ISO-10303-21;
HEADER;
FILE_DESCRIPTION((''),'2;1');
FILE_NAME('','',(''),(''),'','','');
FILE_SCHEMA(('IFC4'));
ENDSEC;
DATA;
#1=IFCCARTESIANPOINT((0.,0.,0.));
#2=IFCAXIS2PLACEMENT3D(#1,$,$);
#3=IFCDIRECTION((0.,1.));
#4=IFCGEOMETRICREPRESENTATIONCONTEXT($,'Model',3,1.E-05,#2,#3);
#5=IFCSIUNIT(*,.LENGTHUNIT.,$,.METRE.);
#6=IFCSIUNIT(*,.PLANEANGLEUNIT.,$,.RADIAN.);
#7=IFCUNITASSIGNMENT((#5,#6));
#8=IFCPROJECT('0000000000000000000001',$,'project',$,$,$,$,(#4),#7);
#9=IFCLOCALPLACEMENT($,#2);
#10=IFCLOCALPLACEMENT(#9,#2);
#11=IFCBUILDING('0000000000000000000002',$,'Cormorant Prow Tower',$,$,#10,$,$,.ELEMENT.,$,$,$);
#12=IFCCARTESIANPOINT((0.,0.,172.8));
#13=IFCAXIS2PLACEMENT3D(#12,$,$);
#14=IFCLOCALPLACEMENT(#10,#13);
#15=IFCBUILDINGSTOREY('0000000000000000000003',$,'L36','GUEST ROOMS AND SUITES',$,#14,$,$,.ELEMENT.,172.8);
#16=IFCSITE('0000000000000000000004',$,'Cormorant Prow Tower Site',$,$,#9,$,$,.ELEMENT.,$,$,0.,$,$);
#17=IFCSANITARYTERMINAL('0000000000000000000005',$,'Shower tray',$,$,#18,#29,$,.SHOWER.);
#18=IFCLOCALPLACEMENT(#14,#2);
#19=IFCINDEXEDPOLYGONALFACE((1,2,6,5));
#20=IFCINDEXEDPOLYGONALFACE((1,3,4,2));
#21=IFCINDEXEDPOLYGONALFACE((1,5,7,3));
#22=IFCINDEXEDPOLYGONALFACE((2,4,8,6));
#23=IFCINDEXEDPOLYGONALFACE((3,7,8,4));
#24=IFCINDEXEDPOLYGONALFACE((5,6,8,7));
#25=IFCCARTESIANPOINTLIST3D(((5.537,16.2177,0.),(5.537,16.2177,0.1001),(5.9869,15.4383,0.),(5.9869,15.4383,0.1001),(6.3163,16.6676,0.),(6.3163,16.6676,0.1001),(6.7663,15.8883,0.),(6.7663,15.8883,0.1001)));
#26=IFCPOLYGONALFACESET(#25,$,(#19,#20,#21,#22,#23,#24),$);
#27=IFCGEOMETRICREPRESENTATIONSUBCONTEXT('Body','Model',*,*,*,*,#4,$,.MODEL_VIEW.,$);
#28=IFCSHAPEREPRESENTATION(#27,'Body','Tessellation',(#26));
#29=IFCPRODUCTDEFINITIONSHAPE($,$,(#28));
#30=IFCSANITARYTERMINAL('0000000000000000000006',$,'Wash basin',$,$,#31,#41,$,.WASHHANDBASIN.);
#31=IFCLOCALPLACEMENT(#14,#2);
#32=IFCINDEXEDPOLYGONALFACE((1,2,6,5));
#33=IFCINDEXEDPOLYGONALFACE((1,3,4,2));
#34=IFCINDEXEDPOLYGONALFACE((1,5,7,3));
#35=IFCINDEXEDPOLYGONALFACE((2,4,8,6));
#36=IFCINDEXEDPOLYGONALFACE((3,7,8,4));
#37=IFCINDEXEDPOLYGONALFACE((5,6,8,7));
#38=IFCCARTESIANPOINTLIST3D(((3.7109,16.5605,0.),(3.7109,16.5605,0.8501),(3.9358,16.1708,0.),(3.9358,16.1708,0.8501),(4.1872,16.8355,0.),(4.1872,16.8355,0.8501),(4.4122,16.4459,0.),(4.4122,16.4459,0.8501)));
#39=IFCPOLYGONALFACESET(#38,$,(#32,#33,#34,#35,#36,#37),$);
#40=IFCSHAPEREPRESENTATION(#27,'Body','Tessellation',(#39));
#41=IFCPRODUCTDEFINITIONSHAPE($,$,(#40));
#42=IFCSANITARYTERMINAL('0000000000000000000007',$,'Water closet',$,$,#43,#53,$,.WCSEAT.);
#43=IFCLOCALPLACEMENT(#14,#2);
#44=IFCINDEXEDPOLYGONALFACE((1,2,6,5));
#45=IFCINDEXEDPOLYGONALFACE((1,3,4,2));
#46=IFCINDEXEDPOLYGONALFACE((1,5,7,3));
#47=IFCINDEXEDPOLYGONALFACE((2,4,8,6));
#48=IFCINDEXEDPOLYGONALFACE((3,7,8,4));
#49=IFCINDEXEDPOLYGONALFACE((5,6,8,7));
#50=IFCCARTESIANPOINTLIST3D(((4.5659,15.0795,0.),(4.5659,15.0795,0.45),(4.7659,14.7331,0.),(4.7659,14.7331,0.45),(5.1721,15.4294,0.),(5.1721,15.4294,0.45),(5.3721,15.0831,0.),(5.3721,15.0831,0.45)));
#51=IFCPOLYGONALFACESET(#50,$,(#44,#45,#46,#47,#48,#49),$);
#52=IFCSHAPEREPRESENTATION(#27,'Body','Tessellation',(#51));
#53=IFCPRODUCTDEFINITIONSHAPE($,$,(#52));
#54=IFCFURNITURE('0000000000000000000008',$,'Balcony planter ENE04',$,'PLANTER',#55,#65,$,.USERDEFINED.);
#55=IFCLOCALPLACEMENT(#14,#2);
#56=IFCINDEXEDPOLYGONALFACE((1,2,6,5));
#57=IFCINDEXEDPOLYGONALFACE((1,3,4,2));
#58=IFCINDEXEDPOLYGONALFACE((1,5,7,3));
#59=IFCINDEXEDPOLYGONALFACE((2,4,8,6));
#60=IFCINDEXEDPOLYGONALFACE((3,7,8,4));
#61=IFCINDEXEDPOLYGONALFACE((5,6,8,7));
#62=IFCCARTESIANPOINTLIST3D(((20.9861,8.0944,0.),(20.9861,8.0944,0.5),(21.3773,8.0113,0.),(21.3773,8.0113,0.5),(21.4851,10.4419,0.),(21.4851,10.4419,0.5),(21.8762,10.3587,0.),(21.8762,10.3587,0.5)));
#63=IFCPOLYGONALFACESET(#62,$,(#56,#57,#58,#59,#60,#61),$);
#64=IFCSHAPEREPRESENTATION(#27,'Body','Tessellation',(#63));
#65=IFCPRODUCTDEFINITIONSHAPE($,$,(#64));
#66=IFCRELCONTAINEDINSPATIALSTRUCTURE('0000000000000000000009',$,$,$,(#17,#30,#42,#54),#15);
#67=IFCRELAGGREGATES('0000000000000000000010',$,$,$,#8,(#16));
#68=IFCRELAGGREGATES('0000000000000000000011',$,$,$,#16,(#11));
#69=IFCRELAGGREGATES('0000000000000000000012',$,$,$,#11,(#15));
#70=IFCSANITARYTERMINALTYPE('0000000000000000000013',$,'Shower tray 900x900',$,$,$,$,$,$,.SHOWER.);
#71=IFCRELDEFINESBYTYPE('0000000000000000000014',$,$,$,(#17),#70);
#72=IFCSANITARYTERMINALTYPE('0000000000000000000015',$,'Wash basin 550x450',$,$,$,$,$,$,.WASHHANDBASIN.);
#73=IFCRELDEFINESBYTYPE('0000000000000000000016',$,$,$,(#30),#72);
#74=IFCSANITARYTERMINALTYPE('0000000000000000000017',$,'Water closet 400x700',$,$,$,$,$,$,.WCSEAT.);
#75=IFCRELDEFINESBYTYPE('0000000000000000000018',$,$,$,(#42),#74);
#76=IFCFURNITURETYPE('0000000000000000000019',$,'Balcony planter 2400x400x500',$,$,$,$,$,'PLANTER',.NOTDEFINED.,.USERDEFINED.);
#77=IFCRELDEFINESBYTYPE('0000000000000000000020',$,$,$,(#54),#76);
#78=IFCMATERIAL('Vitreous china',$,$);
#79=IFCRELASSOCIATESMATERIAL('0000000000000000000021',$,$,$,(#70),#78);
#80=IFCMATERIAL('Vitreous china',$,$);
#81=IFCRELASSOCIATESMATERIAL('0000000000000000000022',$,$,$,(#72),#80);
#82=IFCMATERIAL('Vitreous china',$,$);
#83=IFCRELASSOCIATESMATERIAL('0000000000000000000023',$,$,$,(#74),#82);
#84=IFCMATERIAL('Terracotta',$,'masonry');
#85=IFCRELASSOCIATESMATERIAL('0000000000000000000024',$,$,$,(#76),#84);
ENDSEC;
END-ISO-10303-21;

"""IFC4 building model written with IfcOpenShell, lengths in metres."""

from ifc_helpers import new_model, si_unit, direction, frame, origin, origin_2d, place, context, subcontext, project, spatial, rectangle, extrude, material, type_object, element, save


model = new_model("IFC4")

# Units and contexts
model_context = context("Model", 3, precision=1e-05, world=origin(), true_north=direction((0.0, 1.0)))
body_context = subcontext(model_context, "Body", "Model", "MODEL_VIEW")
ifc_project = project(units=[si_unit("LENGTHUNIT", "METRE"), si_unit("PLANEANGLEUNIT", "RADIAN")], contexts=[model_context])

# Site, building, storey
site_placement = place(None, origin())
site = spatial("IfcSite", under=ifc_project, at=site_placement, Name="Cormorant Prow Tower Site", CompositionType="ELEMENT", RefElevation=0.0)
building_placement = place(site_placement, origin())
building = spatial("IfcBuilding", under=site, at=building_placement, Name="Cormorant Prow Tower", CompositionType="ELEMENT")
storey_placement = place(building_placement, frame((0.0, 0.0, 172.8)))
storey = spatial("IfcBuildingStorey", under=building, at=storey_placement, Name="L36", Description="GUEST ROOMS AND SUITES", CompositionType="ELEMENT", Elevation=172.8)

# Sanitary terminals
ifc_material_1 = material(Name="Vitreous china")
sanitary_terminal_type_1 = type_object("IfcSanitaryTerminalType", Name="Shower tray 900x900", PredefinedType="SHOWER", material=ifc_material_1)
sanitary_terminal_1_placement = place(storey_placement, frame((6.1516, 16.053, 0.0), z_axis=(0.0, 0.0, 1.0), x_axis=(-0.866025, -0.5, 0.0)))
element("IfcSanitaryTerminal", 1, at=sanitary_terminal_1_placement, inside=storey, type_object=sanitary_terminal_type_1, Name="Shower tray", PredefinedType="SHOWER", context=body_context, shape_type="SweptSolid", body=[
    extrude(rectangle(XDim=0.8999, YDim=0.8999, at=origin_2d()), origin(), (0.0, 0.0, 1.0), 0.1001),
])
ifc_material_2 = material(Name="Vitreous china")
sanitary_terminal_type_2 = type_object("IfcSanitaryTerminalType", Name="Wash basin 550x450", PredefinedType="WASHHANDBASIN", material=ifc_material_2)
sanitary_terminal_2_placement = place(storey_placement, frame((4.0615, 16.5032, 0.0), z_axis=(0.0, 0.0, 1.0), x_axis=(0.866025, 0.5, 0.0)))
element("IfcSanitaryTerminal", 2, at=sanitary_terminal_2_placement, inside=storey, type_object=sanitary_terminal_type_2, Name="Wash basin", PredefinedType="WASHHANDBASIN", context=body_context, shape_type="SweptSolid", body=[
    extrude(rectangle(XDim=0.55, YDim=0.45, at=origin_2d()), origin(), (0.0, 0.0, 1.0), 0.8501),
])
ifc_material_3 = material(Name="Vitreous china")
sanitary_terminal_type_3 = type_object("IfcSanitaryTerminalType", Name="Water closet 400x700", PredefinedType="WCSEAT", material=ifc_material_3)
sanitary_terminal_3_placement = place(storey_placement, frame((4.969, 15.0813, 0.0), z_axis=(0.0, 0.0, 1.0), x_axis=(-0.5, 0.866025, 0.0)))
element("IfcSanitaryTerminal", 3, at=sanitary_terminal_3_placement, inside=storey, type_object=sanitary_terminal_type_3, Name="Water closet", PredefinedType="WCSEAT", context=body_context, shape_type="SweptSolid", body=[
    extrude(rectangle(XDim=0.3999, YDim=0.7, at=origin_2d()), origin(), (0.0, 0.0, 1.0), 0.45),
])

# Furniture
ifc_material_4 = material(Name="Terracotta", Category="masonry")
furniture_type = type_object("IfcFurnitureType", Name="Balcony planter 2400x400x500", ElementType="PLANTER", AssemblyPlace="NOTDEFINED", PredefinedType="USERDEFINED", material=ifc_material_4)
furniture_placement = place(storey_placement, frame((21.4312, 9.2266, 0.0), z_axis=(0.0, 0.0, 1.0), x_axis=(0.207912, 0.978148, 0.0)))
element("IfcFurniture", 4, at=furniture_placement, inside=storey, type_object=furniture_type, Name="Balcony planter ENE04", ObjectType="PLANTER", PredefinedType="USERDEFINED", context=body_context, shape_type="SweptSolid", body=[
    extrude(rectangle(XDim=2.3999, YDim=0.3999, at=origin_2d()), origin(), (0.0, 0.0, 1.0), 0.5),
])

save(model, "model.ifc")
